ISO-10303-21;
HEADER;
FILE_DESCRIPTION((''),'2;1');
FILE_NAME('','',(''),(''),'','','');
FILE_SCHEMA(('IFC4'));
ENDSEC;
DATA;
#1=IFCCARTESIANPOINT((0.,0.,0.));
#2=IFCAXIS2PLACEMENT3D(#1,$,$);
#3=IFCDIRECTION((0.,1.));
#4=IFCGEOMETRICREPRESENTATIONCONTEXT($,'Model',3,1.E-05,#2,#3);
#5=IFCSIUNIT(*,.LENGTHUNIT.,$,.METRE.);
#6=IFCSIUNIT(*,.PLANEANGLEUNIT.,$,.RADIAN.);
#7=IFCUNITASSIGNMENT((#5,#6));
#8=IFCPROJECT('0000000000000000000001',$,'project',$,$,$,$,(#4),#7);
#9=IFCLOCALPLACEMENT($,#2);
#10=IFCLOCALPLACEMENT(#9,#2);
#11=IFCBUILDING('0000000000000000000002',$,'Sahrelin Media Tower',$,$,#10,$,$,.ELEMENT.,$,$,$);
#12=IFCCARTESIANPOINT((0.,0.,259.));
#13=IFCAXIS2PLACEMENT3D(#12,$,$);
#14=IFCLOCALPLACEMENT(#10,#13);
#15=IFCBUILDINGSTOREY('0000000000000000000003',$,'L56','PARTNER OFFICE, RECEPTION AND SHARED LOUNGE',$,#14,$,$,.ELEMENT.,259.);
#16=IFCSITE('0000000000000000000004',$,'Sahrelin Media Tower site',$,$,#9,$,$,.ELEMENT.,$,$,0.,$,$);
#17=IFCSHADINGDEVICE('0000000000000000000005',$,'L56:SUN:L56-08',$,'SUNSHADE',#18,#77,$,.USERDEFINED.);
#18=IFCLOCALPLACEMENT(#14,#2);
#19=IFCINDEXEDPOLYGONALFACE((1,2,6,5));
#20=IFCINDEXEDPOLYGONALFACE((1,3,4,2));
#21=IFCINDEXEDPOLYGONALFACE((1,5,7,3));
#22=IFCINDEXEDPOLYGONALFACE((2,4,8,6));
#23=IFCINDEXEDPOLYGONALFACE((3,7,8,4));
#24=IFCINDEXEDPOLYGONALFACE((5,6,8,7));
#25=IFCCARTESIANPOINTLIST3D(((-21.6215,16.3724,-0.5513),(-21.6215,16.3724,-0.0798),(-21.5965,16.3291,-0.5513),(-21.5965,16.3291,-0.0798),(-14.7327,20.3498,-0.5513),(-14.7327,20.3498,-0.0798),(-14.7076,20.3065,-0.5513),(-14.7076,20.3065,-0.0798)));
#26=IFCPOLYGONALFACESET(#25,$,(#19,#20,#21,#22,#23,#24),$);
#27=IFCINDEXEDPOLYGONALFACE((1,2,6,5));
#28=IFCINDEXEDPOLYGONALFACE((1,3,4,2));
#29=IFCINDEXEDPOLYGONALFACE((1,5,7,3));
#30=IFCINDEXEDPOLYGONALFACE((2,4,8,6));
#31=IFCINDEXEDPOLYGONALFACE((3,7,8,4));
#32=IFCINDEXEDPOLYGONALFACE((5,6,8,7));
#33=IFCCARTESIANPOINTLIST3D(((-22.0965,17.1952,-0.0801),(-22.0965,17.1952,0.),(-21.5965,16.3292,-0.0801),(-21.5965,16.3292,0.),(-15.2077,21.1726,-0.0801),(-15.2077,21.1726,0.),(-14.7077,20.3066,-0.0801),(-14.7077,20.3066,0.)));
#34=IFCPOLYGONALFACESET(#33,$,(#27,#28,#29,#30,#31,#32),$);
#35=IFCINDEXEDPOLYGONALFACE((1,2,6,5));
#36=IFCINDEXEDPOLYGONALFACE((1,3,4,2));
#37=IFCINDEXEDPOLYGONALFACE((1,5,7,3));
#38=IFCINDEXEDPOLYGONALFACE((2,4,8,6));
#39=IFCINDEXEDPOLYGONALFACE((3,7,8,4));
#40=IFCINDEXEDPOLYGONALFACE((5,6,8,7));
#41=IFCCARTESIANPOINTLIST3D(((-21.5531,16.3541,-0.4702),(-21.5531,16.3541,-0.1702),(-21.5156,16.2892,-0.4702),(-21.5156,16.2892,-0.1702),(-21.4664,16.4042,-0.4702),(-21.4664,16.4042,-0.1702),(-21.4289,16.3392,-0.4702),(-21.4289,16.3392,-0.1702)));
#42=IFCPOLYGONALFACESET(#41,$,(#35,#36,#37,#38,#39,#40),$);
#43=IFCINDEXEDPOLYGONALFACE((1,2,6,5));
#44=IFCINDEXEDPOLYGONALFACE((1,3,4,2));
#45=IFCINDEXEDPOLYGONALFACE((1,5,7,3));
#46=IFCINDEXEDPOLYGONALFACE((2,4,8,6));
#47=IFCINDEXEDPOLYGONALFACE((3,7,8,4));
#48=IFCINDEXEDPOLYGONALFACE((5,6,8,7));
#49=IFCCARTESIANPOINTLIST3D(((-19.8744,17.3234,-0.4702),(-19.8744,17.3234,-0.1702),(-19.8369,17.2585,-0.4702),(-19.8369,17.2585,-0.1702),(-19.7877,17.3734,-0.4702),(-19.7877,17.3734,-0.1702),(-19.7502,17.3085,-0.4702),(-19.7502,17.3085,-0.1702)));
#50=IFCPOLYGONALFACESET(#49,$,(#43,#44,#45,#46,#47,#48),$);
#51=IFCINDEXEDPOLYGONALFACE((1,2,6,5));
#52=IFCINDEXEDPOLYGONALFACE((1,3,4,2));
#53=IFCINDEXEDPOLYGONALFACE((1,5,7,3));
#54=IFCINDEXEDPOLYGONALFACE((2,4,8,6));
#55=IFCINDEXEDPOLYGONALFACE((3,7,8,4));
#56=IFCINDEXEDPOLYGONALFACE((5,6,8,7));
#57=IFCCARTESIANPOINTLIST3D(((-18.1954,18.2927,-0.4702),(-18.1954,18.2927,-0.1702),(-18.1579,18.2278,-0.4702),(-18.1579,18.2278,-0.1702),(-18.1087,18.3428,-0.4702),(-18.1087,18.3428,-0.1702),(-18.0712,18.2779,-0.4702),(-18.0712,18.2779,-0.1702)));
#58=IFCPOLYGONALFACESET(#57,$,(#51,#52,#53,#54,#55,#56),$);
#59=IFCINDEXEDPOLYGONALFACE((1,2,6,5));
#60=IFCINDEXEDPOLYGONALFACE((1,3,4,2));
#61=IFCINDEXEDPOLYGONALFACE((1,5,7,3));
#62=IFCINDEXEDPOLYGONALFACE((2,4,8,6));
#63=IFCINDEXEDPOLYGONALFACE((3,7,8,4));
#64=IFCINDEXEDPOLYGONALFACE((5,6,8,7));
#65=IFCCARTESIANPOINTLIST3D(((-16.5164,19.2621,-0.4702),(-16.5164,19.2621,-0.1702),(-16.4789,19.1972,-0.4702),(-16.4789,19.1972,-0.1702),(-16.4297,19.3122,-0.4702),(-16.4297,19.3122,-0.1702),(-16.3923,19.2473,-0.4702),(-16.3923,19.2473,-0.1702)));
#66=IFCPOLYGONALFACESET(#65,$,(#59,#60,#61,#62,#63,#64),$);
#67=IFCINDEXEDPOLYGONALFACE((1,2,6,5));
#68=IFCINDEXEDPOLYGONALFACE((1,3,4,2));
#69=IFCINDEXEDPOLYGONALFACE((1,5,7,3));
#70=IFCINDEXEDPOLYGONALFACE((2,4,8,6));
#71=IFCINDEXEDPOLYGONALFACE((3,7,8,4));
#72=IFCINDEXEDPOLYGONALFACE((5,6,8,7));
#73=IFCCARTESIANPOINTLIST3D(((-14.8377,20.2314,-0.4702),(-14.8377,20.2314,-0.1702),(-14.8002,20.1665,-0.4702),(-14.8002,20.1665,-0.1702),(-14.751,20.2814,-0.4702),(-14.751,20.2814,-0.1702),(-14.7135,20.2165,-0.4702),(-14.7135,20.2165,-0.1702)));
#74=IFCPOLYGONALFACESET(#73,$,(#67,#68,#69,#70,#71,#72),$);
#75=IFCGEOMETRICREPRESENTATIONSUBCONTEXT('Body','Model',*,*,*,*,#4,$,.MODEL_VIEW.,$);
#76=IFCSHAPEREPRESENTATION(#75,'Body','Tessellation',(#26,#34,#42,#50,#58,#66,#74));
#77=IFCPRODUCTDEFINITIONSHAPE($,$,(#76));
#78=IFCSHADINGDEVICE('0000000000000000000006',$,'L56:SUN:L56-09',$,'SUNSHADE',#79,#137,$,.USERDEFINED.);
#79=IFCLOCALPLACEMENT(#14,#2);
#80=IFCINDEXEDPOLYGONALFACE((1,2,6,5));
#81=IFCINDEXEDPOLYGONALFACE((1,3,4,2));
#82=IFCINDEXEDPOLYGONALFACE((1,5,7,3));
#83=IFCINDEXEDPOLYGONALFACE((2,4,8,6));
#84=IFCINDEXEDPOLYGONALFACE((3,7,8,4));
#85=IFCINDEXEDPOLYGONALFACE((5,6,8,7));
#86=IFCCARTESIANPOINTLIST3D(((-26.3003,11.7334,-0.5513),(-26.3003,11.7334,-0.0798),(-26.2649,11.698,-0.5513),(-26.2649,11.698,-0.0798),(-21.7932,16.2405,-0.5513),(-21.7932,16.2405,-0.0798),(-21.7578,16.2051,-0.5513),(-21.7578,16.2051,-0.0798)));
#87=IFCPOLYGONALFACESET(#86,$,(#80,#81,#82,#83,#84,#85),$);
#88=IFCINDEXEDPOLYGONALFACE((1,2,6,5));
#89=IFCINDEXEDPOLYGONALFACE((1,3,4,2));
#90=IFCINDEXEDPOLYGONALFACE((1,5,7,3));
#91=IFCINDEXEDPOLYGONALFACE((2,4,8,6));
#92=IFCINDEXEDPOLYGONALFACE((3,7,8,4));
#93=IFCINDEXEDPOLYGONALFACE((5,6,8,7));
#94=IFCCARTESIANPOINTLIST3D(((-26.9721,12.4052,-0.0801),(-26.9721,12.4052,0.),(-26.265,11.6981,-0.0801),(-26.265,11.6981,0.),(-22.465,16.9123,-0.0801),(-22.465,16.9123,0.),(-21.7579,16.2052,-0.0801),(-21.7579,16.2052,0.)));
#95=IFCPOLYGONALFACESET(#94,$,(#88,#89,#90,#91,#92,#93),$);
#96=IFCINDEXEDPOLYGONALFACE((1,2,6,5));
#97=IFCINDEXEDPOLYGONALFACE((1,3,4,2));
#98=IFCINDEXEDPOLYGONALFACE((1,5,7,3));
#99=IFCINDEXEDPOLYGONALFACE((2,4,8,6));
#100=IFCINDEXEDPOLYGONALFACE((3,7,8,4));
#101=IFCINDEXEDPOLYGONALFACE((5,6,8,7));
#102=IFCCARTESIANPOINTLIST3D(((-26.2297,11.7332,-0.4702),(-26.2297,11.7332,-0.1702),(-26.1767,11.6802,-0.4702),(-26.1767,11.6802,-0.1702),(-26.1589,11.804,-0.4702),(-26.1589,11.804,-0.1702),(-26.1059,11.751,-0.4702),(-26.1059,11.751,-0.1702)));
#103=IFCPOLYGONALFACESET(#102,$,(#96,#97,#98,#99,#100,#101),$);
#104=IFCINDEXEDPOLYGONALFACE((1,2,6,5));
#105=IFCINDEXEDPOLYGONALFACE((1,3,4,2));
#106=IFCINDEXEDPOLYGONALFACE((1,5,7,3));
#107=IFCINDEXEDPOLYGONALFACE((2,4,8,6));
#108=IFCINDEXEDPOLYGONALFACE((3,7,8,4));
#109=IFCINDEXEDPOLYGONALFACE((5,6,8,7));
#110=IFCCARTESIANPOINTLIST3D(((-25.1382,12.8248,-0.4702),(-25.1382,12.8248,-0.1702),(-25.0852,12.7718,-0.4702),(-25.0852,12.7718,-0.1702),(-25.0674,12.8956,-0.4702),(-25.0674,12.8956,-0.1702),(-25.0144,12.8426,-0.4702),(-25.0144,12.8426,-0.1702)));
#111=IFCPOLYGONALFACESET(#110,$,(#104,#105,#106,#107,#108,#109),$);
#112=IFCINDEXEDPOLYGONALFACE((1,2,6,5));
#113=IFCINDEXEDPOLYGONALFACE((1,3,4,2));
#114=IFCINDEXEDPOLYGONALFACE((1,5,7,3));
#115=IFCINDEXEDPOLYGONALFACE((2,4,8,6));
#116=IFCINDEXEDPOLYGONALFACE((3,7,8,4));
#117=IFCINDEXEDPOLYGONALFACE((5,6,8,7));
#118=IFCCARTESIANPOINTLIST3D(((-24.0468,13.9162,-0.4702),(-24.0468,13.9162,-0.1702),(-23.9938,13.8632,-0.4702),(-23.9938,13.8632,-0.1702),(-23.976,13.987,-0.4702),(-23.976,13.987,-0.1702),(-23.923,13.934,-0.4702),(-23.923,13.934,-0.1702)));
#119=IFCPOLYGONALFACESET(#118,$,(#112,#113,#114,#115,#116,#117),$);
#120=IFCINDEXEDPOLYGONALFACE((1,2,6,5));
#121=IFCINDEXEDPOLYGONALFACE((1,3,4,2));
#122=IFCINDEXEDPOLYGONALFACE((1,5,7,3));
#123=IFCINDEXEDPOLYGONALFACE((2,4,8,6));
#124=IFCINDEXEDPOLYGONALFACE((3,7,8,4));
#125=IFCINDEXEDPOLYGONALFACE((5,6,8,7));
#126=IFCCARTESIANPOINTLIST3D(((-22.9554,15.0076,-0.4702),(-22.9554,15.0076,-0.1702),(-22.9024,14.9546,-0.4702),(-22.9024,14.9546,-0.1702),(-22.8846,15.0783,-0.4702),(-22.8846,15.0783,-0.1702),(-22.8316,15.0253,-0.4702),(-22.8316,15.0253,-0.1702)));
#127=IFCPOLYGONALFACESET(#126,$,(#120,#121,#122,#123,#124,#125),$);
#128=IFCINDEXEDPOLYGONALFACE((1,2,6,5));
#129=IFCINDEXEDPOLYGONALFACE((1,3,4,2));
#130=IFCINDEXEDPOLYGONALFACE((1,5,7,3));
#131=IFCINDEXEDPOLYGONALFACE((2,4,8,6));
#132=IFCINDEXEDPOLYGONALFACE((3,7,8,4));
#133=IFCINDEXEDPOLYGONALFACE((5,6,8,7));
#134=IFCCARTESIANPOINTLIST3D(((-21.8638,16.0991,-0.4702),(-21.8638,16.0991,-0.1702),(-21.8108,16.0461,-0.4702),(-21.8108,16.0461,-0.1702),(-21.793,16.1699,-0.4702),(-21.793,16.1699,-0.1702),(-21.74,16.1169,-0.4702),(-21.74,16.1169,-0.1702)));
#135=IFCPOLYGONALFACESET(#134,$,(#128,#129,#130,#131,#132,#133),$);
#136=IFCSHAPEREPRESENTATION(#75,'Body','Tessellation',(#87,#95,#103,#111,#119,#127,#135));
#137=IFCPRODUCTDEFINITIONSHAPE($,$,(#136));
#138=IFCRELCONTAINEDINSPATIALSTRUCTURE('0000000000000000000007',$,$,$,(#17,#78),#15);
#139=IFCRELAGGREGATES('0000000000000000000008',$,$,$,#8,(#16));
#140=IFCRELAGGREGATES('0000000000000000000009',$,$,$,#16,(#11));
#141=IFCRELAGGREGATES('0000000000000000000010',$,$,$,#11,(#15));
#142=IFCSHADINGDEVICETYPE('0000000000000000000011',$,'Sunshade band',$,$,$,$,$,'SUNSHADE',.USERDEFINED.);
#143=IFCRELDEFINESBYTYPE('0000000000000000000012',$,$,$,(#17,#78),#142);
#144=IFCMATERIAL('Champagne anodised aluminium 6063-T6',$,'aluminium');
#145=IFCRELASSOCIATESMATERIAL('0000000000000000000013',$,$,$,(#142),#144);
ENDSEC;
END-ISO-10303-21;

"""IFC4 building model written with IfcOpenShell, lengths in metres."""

from ifc_helpers import new_model, si_unit, direction, frame, origin, origin_2d, place, context, subcontext, project, spatial, rectangle, extrude, material, type_object, element, save


model = new_model("IFC4")

# Units and contexts
model_context = context("Model", 3, precision=1e-05, world=origin(), true_north=direction((0.0, 1.0)))
body_context = subcontext(model_context, "Body", "Model", "MODEL_VIEW")
ifc_project = project(units=[si_unit("LENGTHUNIT", "METRE"), si_unit("PLANEANGLEUNIT", "RADIAN")], contexts=[model_context])

# Site, building, storey
site_placement = place(None, origin())
site = spatial("IfcSite", under=ifc_project, at=site_placement, Name="Sahrelin Media Tower site", CompositionType="ELEMENT", RefElevation=0.0)
building_placement = place(site_placement, origin())
building = spatial("IfcBuilding", under=site, at=building_placement, Name="Sahrelin Media Tower", CompositionType="ELEMENT")
storey_placement = place(building_placement, frame((0.0, 0.0, 259.0)))
storey = spatial("IfcBuildingStorey", under=building, at=storey_placement, Name="L56", Description="PARTNER OFFICE, RECEPTION AND SHARED LOUNGE", CompositionType="ELEMENT", Elevation=259.0)

# Shared definitions
ifc_material_1 = material(Name="Champagne anodised aluminium 6063-T6", Category="aluminium")

# Shading devices
placement_1 = place(storey_placement, frame((-18.1421, 18.3005, 0.0), z_axis=(0.0, 0.0, 1.0), x_axis=(0.866019, 0.500011, 0.0)))
placement_2 = place(storey_placement, frame((-23.9973, 13.9375, 0.0), z_axis=(0.0, 0.0, 1.0), x_axis=(0.707107, 0.707107, 0.0)))
shading_device_type_1 = type_object("IfcShadingDeviceType", Name="Sunshade band", ElementType="SUNSHADE", PredefinedType="USERDEFINED", material=ifc_material_1)
element("IfcShadingDevice", 1, at=placement_1, inside=storey, type_object=shading_device_type_1, Name="L56:SUN:L56-08", ObjectType="SUNSHADE", PredefinedType="USERDEFINED", context=body_context, shape_type="SweptSolid", body=[
    extrude(rectangle(XDim=7.9546, YDim=0.05, at=origin_2d()), frame((0.0, 0.0449, -0.5513)), (0.0, 0.0, 1.0), 0.4714),
    extrude(rectangle(XDim=7.9546, YDim=1.0, at=origin_2d()), frame((0.0, 0.52, -0.0801)), (0.0, 0.0, 1.0), 0.0801),
    extrude(rectangle(XDim=0.1001, YDim=0.075, at=origin_2d()), frame((-3.8772, -0.0176, -0.4702)), (0.0, 0.0, 1.0), 0.3),
    extrude(rectangle(XDim=0.1001, YDim=0.075, at=origin_2d()), frame((-1.9387, -0.0176, -0.4702)), (0.0, 0.0, 1.0), 0.3),
    extrude(rectangle(XDim=0.1001, YDim=0.075, at=origin_2d()), frame((0.0, -0.0176, -0.4702)), (0.0, 0.0, 1.0), 0.3),
    extrude(rectangle(XDim=0.1001, YDim=0.075, at=origin_2d()), frame((1.9387, -0.0176, -0.4702)), (0.0, 0.0, 1.0), 0.3),
    extrude(rectangle(XDim=0.1001, YDim=0.075, at=origin_2d()), frame((3.8772, -0.0176, -0.4702)), (0.0, 0.0, 1.0), 0.3),
])
element("IfcShadingDevice", 2, at=placement_2, inside=storey, type_object=shading_device_type_1, Name="L56:SUN:L56-09", ObjectType="SUNSHADE", PredefinedType="USERDEFINED", context=body_context, shape_type="SweptSolid", body=[
    extrude(rectangle(XDim=6.374, YDim=0.05, at=origin_2d()), frame((0.0, 0.0449, -0.5513)), (0.0, 0.0, 1.0), 0.4714),
    extrude(rectangle(XDim=6.374, YDim=1.0, at=origin_2d()), frame((0.0, 0.52, -0.0801)), (0.0, 0.0, 1.0), 0.0801),
    extrude(rectangle(XDim=0.1001, YDim=0.075, at=origin_2d()), frame((-3.0872, -0.0176, -0.4702)), (0.0, 0.0, 1.0), 0.3),
    extrude(rectangle(XDim=0.1001, YDim=0.075, at=origin_2d()), frame((-1.5435, -0.0176, -0.4702)), (0.0, 0.0, 1.0), 0.3),
    extrude(rectangle(XDim=0.1001, YDim=0.075, at=origin_2d()), frame((0.0, -0.0176, -0.4702)), (0.0, 0.0, 1.0), 0.3),
    extrude(rectangle(XDim=0.1001, YDim=0.075, at=origin_2d()), frame((1.5435, -0.0176, -0.4702)), (0.0, 0.0, 1.0), 0.3),
    extrude(rectangle(XDim=0.1001, YDim=0.075, at=origin_2d()), frame((3.0872, -0.0176, -0.4702)), (0.0, 0.0, 1.0), 0.3),
])

save(model, "model.ifc")
